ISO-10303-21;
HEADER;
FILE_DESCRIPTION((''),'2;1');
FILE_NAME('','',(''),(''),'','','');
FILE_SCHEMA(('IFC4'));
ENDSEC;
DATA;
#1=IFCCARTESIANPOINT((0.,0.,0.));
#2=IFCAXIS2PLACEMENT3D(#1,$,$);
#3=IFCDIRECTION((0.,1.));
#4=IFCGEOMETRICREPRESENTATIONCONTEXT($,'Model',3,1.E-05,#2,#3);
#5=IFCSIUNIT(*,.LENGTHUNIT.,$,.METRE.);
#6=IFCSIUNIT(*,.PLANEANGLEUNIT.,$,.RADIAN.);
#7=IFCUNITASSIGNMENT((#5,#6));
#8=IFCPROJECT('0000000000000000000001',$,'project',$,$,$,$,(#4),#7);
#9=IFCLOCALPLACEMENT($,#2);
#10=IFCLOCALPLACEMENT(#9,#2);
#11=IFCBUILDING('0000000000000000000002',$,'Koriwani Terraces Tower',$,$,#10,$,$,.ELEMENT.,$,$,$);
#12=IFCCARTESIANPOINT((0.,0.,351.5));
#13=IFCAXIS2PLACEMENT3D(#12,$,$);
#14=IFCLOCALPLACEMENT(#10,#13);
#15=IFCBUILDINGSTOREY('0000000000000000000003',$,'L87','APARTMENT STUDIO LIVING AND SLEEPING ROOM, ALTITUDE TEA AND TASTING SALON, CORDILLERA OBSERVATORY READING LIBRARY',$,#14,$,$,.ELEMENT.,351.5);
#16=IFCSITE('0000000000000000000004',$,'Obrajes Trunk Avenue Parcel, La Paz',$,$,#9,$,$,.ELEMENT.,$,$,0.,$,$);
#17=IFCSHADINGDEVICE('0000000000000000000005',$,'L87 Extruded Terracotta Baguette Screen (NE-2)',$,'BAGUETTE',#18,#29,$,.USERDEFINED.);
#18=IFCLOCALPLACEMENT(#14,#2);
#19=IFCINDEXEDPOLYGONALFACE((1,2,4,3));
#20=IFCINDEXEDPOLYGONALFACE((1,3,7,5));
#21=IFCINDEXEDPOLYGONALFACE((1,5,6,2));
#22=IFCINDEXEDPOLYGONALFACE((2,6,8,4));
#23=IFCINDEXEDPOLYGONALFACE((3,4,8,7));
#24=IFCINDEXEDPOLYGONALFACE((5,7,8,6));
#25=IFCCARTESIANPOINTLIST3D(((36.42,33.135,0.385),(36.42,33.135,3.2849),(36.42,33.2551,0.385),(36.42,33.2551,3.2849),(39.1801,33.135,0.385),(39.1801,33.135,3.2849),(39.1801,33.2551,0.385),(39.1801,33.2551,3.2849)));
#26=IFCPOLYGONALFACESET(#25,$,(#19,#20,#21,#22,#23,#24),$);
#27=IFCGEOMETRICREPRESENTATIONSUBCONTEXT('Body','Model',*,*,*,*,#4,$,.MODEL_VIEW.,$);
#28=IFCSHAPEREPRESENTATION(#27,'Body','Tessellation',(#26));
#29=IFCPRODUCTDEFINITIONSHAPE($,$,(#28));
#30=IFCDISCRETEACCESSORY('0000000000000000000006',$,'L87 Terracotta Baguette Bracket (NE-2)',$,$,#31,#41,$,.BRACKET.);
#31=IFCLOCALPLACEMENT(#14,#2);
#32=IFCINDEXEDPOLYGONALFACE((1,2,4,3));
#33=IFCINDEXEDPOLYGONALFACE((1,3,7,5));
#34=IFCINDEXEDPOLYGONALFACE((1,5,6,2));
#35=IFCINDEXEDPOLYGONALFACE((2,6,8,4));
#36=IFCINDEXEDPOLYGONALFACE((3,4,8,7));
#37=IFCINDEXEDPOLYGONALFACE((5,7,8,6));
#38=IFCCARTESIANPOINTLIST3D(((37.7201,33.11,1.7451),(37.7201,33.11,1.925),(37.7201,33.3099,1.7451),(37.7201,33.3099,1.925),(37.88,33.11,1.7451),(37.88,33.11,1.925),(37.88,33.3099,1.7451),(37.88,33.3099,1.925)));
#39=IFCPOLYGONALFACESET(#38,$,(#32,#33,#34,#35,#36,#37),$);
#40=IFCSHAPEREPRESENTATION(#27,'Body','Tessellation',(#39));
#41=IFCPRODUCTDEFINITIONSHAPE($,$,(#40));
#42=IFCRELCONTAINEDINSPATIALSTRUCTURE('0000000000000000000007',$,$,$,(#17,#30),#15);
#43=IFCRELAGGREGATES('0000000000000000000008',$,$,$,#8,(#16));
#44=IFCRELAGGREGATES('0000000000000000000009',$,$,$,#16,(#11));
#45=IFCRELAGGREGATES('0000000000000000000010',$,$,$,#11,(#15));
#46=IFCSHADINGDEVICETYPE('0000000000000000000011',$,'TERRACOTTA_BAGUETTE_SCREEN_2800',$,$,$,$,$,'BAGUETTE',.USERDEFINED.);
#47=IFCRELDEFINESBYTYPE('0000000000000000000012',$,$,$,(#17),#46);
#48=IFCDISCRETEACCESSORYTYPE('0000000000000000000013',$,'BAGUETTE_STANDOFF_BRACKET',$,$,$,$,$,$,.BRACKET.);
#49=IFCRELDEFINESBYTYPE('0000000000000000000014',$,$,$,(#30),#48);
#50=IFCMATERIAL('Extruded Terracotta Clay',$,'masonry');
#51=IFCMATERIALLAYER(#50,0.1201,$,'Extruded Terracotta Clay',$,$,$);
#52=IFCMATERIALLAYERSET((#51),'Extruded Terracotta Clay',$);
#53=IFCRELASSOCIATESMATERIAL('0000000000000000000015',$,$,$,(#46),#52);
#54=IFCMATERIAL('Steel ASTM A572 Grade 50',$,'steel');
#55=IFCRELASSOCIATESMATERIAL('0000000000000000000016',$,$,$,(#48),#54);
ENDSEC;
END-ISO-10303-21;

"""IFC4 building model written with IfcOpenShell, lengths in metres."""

from ifc_helpers import new_model, si_unit, direction, frame, origin, origin_2d, place, context, subcontext, project, spatial, rectangle, extrude, material, layer, layer_set, type_object, element, save


model = new_model("IFC4")

# Units and contexts
model_context = context("Model", 3, precision=1e-05, world=origin(), true_north=direction((0.0, 1.0)))
body_context = subcontext(model_context, "Body", "Model", "MODEL_VIEW")
ifc_project = project(units=[si_unit("LENGTHUNIT", "METRE"), si_unit("PLANEANGLEUNIT", "RADIAN")], contexts=[model_context])

# Site, building, storey
site_placement = place(None, origin())
site = spatial("IfcSite", under=ifc_project, at=site_placement, Name="Obrajes Trunk Avenue Parcel, La Paz", CompositionType="ELEMENT", RefElevation=0.0)
building_placement = place(site_placement, origin())
building = spatial("IfcBuilding", under=site, at=building_placement, Name="Koriwani Terraces Tower", CompositionType="ELEMENT")
storey_placement = place(building_placement, frame((0.0, 0.0, 351.5)))
storey = spatial("IfcBuildingStorey", under=building, at=storey_placement, Name="L87", Description="APARTMENT STUDIO LIVING AND SLEEPING ROOM, ALTITUDE TEA AND TASTING SALON, CORDILLERA OBSERVATORY READING LIBRARY", CompositionType="ELEMENT", Elevation=351.5)

# Shared definitions
ifc_material_1 = material(Name="Steel ASTM A572 Grade 50", Category="steel")

# Shading device
ifc_material_2 = material(Name="Extruded Terracotta Clay", Category="masonry")
ifc_layer_1 = layer(ifc_material_2, 0.1201, Name="Extruded Terracotta Clay")
ifc_layer_set_1 = layer_set([ifc_layer_1], Name="Extruded Terracotta Clay")
shading_device_type = type_object("IfcShadingDeviceType", Name="TERRACOTTA_BAGUETTE_SCREEN_2800", ElementType="BAGUETTE", PredefinedType="USERDEFINED", material=ifc_layer_set_1)
shading_device_placement = place(storey_placement, frame((37.8, 33.1951, 0.385), z_axis=(0.0, 0.0, 1.0), x_axis=(1.0, 0.0, 0.0)))
element("IfcShadingDevice", 1, at=shading_device_placement, inside=storey, type_object=shading_device_type, Name="L87 Extruded Terracotta Baguette Screen (NE-2)", ObjectType="BAGUETTE", PredefinedType="USERDEFINED", context=body_context, shape_type="SweptSolid", body=[
    extrude(rectangle(XDim=2.76, YDim=0.1201, at=origin_2d()), origin(), (0.0, 0.0, 1.0), 2.8999),
])

# Discrete accessory
discrete_accessory_type = type_object("IfcDiscreteAccessoryType", Name="BAGUETTE_STANDOFF_BRACKET", PredefinedType="BRACKET", material=ifc_material_1)
discrete_accessory_placement = place(storey_placement, frame((37.8, 33.21, 1.7451), z_axis=(0.0, 0.0, 1.0), x_axis=(1.0, 0.0, 0.0)))
element("IfcDiscreteAccessory", 2, at=discrete_accessory_placement, inside=storey, type_object=discrete_accessory_type, Name="L87 Terracotta Baguette Bracket (NE-2)", PredefinedType="BRACKET", context=body_context, shape_type="SweptSolid", body=[
    extrude(rectangle(XDim=0.1599, YDim=0.2, at=origin_2d()), origin(), (0.0, 0.0, 1.0), 0.1799),
])

save(model, "model.ifc")
